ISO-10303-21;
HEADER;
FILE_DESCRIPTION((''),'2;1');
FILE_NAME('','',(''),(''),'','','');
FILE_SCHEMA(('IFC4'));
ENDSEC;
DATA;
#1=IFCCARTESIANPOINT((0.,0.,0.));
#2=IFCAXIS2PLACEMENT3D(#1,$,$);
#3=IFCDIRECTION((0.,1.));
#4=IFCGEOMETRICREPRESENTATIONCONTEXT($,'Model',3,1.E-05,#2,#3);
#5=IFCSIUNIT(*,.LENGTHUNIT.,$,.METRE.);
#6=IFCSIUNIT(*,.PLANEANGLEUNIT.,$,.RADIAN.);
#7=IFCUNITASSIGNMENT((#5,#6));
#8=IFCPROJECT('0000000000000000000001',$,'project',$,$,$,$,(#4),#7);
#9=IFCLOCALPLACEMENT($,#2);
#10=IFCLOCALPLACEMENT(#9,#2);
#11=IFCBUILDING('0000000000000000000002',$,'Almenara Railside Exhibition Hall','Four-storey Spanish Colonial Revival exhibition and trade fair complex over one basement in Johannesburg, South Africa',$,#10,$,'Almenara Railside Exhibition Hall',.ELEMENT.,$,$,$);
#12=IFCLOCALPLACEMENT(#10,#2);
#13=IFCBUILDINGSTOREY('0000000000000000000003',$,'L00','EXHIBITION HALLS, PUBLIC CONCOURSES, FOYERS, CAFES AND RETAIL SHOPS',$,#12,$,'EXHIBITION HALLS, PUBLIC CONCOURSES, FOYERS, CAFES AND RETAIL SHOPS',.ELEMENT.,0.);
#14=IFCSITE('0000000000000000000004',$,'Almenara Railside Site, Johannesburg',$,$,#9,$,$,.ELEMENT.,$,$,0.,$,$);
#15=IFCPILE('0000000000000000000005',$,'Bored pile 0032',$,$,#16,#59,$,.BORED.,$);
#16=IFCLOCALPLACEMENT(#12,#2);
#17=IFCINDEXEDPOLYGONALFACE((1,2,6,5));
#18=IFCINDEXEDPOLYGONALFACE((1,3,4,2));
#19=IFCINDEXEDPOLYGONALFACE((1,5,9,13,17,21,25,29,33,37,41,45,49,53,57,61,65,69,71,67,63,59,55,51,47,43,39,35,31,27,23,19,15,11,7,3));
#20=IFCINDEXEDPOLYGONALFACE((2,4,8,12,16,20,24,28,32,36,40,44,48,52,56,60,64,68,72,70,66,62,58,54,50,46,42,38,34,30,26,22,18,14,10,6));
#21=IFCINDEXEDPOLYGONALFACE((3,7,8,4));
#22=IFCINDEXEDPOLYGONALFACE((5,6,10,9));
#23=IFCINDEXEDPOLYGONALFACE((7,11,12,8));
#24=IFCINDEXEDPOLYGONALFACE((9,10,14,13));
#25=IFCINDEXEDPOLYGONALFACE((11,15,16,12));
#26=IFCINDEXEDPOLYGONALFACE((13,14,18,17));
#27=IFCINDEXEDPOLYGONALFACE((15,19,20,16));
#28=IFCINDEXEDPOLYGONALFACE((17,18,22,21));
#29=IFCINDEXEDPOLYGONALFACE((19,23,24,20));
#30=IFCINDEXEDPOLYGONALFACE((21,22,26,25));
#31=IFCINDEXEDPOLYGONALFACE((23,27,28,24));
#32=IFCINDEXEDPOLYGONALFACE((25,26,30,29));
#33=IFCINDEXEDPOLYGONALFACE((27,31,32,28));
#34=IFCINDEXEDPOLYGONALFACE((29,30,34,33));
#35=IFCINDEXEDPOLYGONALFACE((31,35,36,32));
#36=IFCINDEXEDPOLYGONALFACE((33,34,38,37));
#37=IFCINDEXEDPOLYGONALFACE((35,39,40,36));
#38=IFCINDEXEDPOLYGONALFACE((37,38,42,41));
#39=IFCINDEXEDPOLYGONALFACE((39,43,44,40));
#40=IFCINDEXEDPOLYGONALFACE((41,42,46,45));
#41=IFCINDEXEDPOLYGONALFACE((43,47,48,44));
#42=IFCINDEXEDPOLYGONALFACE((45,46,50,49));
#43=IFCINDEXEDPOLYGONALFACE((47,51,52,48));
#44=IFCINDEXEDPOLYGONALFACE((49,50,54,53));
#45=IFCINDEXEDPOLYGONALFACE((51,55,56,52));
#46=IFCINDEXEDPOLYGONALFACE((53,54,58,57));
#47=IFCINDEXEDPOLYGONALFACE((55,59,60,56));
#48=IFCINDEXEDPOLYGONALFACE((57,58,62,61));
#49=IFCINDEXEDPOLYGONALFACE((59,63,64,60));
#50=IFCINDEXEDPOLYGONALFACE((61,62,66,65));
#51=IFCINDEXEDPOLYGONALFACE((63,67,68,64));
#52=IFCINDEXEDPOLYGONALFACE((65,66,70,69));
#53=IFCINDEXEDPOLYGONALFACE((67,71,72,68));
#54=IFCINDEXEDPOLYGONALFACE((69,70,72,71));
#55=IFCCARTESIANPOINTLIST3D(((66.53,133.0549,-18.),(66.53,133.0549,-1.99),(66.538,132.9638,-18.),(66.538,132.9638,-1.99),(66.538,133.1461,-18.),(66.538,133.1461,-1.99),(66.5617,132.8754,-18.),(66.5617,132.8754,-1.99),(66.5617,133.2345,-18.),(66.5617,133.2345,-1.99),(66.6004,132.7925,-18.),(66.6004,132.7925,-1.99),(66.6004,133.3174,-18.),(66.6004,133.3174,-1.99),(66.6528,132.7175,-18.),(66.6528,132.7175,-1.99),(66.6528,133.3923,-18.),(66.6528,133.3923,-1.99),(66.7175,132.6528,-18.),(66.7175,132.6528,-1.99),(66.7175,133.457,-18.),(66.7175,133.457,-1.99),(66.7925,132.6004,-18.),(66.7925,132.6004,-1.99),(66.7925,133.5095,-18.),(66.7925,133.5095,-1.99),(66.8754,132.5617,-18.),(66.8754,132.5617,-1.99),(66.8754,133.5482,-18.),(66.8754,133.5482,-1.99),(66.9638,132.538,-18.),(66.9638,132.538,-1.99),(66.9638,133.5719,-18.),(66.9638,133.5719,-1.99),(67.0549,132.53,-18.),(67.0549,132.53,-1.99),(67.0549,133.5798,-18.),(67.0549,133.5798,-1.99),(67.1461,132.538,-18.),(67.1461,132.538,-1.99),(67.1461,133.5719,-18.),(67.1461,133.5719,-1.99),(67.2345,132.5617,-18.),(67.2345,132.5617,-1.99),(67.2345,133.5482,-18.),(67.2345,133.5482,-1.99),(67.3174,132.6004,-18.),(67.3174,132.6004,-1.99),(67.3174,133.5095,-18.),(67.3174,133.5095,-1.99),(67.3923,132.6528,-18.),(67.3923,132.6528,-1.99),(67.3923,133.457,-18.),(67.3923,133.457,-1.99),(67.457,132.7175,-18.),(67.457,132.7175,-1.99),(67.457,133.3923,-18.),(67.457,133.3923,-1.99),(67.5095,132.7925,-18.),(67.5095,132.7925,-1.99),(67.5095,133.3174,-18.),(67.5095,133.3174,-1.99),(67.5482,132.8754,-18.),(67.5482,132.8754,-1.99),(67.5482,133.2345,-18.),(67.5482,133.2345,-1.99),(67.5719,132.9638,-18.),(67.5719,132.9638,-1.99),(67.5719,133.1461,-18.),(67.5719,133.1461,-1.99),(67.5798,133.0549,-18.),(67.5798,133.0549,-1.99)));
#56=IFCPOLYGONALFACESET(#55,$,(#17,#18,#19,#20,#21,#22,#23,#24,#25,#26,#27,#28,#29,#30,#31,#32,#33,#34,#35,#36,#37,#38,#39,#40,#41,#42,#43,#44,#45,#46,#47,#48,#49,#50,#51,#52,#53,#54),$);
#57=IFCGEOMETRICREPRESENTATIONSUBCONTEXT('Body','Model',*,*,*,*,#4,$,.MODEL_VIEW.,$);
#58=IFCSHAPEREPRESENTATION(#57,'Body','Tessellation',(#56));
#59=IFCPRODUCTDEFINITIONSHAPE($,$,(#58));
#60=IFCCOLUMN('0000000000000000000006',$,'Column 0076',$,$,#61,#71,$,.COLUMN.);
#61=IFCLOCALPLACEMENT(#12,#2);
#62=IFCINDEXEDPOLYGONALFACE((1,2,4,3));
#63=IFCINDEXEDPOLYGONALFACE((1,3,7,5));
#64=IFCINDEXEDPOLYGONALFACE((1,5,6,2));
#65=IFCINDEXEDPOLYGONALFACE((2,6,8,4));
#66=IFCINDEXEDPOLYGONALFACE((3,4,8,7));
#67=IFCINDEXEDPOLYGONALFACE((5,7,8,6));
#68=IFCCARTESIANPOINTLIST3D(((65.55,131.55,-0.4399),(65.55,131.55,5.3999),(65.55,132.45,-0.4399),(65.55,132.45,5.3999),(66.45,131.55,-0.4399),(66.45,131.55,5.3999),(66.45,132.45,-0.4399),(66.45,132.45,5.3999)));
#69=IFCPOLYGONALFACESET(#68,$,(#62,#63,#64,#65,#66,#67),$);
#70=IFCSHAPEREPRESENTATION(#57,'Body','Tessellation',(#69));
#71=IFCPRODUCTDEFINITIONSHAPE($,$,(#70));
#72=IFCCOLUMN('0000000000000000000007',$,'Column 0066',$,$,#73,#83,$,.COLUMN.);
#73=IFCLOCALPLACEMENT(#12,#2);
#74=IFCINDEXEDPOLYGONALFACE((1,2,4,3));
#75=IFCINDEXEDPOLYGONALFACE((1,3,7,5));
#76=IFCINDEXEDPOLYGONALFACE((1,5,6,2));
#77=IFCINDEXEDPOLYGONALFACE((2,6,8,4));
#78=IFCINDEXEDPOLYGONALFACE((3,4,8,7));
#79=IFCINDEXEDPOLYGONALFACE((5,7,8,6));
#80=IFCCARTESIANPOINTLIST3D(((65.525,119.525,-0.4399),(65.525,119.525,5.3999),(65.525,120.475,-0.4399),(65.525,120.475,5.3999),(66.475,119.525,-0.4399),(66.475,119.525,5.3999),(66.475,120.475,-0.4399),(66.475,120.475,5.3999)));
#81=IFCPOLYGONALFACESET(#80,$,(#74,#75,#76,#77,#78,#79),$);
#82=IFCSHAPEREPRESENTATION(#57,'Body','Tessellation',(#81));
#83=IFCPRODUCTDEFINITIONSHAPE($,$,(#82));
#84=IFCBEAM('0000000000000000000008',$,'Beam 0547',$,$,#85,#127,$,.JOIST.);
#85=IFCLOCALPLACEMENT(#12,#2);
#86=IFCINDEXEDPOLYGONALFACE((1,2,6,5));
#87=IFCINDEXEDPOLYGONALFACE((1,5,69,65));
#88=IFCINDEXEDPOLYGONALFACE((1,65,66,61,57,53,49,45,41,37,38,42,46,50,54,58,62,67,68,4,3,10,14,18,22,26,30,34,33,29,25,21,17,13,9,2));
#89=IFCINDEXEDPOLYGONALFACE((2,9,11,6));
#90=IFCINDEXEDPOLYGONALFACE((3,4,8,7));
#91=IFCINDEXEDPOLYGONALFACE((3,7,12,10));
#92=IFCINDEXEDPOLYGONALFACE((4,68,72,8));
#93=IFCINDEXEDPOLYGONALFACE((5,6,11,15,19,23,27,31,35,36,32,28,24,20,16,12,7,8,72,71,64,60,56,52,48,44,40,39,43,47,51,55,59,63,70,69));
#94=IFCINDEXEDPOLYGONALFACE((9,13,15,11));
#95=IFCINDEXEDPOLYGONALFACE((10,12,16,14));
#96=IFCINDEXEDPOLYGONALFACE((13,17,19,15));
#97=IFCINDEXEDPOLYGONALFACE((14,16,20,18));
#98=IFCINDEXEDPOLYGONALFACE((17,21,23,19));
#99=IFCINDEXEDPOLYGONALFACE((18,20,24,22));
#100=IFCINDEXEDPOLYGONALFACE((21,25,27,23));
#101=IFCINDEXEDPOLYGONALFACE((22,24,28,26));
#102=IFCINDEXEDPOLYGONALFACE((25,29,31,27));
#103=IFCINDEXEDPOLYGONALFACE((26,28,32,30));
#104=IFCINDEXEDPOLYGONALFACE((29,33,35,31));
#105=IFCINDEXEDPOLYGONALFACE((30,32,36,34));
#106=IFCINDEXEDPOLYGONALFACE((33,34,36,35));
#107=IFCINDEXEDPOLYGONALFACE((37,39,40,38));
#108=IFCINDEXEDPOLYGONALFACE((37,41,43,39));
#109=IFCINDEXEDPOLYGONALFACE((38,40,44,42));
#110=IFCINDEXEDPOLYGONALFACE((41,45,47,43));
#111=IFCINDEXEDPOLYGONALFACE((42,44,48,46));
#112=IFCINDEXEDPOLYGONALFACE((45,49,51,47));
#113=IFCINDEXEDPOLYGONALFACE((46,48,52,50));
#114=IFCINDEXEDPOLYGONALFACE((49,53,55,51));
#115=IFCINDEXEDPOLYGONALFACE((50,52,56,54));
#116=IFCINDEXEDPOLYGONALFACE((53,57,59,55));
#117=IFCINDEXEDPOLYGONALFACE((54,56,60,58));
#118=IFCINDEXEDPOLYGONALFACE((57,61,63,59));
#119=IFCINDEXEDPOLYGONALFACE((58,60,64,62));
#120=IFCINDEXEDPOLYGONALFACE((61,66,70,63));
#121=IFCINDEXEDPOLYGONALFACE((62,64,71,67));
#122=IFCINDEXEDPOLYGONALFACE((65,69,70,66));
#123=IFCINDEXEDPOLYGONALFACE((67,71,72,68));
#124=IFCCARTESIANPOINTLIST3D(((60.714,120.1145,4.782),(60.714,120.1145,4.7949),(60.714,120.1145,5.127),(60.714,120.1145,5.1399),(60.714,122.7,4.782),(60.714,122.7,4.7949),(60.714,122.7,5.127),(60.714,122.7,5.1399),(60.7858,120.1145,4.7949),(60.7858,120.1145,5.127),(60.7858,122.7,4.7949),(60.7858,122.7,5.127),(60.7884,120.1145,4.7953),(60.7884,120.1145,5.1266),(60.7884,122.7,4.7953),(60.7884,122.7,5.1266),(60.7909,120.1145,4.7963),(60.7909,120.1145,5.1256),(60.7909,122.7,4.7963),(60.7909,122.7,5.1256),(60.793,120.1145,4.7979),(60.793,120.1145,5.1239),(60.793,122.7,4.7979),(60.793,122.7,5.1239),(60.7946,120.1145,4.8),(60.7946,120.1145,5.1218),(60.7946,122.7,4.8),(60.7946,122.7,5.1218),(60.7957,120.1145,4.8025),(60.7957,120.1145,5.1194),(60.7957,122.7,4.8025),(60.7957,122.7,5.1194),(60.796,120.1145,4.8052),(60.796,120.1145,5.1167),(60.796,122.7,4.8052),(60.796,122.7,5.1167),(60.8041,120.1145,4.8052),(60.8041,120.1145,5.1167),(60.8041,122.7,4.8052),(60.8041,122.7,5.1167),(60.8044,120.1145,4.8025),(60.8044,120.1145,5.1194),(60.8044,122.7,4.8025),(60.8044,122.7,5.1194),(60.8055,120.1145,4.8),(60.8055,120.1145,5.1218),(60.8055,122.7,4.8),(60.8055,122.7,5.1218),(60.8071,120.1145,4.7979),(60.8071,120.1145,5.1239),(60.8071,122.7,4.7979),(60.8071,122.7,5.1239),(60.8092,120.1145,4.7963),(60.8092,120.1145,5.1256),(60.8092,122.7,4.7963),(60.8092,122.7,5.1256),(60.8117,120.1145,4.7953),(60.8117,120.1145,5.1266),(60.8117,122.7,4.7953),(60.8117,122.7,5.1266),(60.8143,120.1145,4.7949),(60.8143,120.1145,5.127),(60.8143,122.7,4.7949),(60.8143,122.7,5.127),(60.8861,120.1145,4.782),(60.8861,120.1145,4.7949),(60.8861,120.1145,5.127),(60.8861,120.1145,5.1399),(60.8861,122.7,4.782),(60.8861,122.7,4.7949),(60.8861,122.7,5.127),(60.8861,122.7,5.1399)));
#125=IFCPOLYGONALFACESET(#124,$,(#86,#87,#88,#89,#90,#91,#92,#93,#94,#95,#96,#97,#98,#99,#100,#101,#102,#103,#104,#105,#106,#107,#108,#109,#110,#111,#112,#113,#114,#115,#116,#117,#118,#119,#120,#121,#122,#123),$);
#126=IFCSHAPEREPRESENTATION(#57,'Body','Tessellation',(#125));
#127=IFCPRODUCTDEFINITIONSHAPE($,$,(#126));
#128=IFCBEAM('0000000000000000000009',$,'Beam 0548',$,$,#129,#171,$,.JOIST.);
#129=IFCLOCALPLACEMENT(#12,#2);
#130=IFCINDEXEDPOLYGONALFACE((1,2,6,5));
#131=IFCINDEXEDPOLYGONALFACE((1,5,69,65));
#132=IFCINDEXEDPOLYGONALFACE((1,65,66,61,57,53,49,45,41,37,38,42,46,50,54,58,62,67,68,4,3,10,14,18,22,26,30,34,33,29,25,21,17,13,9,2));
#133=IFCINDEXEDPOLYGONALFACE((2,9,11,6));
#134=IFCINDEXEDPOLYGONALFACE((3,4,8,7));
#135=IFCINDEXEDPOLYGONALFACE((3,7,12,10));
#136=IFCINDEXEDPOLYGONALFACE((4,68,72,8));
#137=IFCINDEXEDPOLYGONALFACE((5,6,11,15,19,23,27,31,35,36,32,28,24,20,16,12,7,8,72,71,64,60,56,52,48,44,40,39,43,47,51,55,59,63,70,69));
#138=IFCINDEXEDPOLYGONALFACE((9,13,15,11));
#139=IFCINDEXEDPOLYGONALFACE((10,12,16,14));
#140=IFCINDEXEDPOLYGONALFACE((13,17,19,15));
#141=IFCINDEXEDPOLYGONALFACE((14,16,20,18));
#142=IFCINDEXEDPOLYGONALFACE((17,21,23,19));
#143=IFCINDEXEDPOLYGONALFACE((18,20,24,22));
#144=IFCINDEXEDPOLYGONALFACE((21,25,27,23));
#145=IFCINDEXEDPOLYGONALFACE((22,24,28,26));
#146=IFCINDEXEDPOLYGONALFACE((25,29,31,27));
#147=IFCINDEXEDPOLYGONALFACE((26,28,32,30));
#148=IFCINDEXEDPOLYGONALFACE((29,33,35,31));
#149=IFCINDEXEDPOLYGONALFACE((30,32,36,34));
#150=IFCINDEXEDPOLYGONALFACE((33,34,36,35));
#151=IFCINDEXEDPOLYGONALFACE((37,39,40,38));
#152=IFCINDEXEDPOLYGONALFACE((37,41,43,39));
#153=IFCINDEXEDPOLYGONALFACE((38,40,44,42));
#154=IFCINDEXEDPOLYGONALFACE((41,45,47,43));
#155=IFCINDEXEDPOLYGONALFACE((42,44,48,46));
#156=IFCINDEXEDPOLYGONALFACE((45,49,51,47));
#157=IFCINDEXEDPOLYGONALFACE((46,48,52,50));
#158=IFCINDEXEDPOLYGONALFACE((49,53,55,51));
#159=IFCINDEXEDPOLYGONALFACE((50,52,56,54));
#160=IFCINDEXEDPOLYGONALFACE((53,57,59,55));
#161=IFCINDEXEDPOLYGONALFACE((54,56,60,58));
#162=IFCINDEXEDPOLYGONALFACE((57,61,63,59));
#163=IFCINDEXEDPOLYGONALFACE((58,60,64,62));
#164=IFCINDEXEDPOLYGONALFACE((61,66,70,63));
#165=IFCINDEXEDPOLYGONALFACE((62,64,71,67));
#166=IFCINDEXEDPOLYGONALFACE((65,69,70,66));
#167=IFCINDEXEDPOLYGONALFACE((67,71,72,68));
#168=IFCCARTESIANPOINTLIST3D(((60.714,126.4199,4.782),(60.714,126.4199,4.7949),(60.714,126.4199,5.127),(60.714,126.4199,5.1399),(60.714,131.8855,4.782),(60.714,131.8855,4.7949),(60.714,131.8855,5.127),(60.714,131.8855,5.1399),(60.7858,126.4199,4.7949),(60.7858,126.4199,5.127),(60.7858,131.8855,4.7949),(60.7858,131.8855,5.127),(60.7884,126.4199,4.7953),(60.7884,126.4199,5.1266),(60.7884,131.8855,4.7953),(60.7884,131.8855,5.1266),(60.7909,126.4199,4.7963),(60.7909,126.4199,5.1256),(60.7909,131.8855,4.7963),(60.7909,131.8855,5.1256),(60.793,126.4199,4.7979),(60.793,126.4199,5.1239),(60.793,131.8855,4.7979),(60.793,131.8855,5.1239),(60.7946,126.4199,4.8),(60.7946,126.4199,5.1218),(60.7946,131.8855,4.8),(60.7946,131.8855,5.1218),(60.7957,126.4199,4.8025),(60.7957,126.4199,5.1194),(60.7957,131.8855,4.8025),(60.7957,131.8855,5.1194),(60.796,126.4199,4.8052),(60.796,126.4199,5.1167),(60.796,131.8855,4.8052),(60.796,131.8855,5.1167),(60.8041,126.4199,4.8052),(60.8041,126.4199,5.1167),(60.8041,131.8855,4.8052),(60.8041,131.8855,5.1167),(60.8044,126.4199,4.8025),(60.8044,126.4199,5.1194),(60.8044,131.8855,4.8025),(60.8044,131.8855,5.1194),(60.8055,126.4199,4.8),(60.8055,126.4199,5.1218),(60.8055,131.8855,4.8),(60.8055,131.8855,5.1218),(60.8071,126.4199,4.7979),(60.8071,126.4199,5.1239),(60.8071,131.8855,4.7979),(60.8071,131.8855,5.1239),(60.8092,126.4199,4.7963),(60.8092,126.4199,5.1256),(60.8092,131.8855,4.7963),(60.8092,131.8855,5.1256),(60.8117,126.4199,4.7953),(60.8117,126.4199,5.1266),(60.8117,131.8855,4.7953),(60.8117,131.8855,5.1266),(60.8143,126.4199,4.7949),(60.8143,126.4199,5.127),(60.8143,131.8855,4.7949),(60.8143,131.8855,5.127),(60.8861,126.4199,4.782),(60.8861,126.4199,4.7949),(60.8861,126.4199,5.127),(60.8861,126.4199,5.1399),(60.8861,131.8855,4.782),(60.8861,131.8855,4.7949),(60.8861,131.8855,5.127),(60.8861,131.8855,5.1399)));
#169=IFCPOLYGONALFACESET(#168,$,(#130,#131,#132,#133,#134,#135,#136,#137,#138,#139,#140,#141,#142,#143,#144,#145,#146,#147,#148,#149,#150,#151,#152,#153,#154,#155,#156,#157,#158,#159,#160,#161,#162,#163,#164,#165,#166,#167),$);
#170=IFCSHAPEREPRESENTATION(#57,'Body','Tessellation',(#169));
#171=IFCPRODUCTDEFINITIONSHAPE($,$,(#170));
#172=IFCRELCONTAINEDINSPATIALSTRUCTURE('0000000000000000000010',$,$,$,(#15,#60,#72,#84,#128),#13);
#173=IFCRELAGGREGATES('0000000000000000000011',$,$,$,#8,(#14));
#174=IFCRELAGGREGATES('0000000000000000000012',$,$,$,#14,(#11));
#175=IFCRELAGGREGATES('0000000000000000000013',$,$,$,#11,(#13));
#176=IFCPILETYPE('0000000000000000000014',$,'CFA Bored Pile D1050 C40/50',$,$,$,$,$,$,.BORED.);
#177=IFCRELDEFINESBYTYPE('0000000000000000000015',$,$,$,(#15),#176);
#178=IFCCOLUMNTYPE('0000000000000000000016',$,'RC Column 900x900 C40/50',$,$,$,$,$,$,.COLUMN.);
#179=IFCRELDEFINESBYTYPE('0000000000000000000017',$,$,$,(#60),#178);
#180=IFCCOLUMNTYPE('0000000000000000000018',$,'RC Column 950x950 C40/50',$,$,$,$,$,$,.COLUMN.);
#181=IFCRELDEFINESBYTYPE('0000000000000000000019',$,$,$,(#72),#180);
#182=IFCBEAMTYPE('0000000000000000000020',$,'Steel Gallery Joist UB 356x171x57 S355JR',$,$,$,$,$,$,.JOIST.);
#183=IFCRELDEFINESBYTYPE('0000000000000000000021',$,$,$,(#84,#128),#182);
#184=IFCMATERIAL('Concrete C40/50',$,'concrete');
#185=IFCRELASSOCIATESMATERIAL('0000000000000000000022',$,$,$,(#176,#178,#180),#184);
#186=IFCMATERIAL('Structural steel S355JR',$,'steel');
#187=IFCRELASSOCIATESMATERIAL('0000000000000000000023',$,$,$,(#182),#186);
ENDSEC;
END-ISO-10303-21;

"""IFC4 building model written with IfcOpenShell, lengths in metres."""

from ifc_helpers import new_model, si_unit, direction, frame, origin, origin_2d, place, context, subcontext, project, spatial, rectangle, circle, i_section, extrude, material, material_profile, profile_set, type_object, element, save


model = new_model("IFC4")

# Units and contexts
model_context = context("Model", 3, precision=1e-05, world=origin(), true_north=direction((0.0, 1.0)))
body_context = subcontext(model_context, "Body", "Model", "MODEL_VIEW")
ifc_project = project(units=[si_unit("LENGTHUNIT", "METRE"), si_unit("PLANEANGLEUNIT", "RADIAN")], contexts=[model_context])

# Site, building, storey
site_placement = place(None, origin())
site = spatial("IfcSite", under=ifc_project, at=site_placement, Name="Almenara Railside Site, Johannesburg", CompositionType="ELEMENT", RefElevation=0.0)
building_placement = place(site_placement, origin())
building = spatial("IfcBuilding", under=site, at=building_placement, Name="Almenara Railside Exhibition Hall", Description="Four-storey Spanish Colonial Revival exhibition and trade fair complex over one basement in Johannesburg, South Africa", LongName="Almenara Railside Exhibition Hall", CompositionType="ELEMENT")
storey_placement = place(building_placement, origin())
storey = spatial("IfcBuildingStorey", under=building, at=storey_placement, Name="L00", Description="EXHIBITION HALLS, PUBLIC CONCOURSES, FOYERS, CAFES AND RETAIL SHOPS", LongName="EXHIBITION HALLS, PUBLIC CONCOURSES, FOYERS, CAFES AND RETAIL SHOPS", CompositionType="ELEMENT", Elevation=0.0)

# Pile
ifc_material_1 = material(Name="Concrete C40/50", Category="concrete")
ifc_material_profile_1 = material_profile(ifc_material_1, circle(Radius=0.5249, at=origin_2d()), Name="CFA-PILE D1050")
ifc_profile_set_1 = profile_set([ifc_material_profile_1], Name="Concrete C40/50")
pile_type = type_object("IfcPileType", Name="CFA Bored Pile D1050 C40/50", PredefinedType="BORED", material=ifc_profile_set_1)
for number, where, z_axis, x_axis, name in (
    (1, (67.0549, 133.0549, -1.99), (0.0, 0.0, -1.0), (1.0, 0.0, 0.0), "Bored pile 0032"),
):
    element("IfcPile", number, at=place(storey_placement, frame(where, z_axis=z_axis, x_axis=x_axis)), inside=storey, type_object=pile_type, Name=name, PredefinedType="BORED", context=body_context, shape_type="SweptSolid", body=[
        extrude(circle(Radius=0.5249, at=origin_2d()), origin(), (0.0, 0.0, 1.0), 16.01),
    ])

# Columns
ifc_material_profile_2 = material_profile(ifc_material_1, rectangle(XDim=0.8999, YDim=0.8999, at=origin_2d()), Name="RC 900x900")
ifc_profile_set_2 = profile_set([ifc_material_profile_2], Name="Concrete C40/50")
column_type_1 = type_object("IfcColumnType", Name="RC Column 900x900 C40/50", PredefinedType="COLUMN", material=ifc_profile_set_2)
column_1_placement = place(storey_placement, frame((66.0, 132.0, -0.4399), z_axis=(0.0, 0.0, 1.0), x_axis=(1.0, 0.0, 0.0)))
element("IfcColumn", 2, at=column_1_placement, inside=storey, type_object=column_type_1, Name="Column 0076", PredefinedType="COLUMN", context=body_context, shape_type="SweptSolid", body=[
    extrude(rectangle(XDim=0.8999, YDim=0.8999, at=origin_2d()), origin(), (0.0, 0.0, 1.0), 5.8398),
])
ifc_material_profile_3 = material_profile(ifc_material_1, rectangle(XDim=0.95, YDim=0.95, at=origin_2d()), Name="RC 950x950")
ifc_profile_set_3 = profile_set([ifc_material_profile_3], Name="Concrete C40/50")
column_type_2 = type_object("IfcColumnType", Name="RC Column 950x950 C40/50", PredefinedType="COLUMN", material=ifc_profile_set_3)
column_2_placement = place(storey_placement, frame((66.0, 120.0, -0.4399), z_axis=(0.0, 0.0, 1.0), x_axis=(1.0, 0.0, 0.0)))
element("IfcColumn", 3, at=column_2_placement, inside=storey, type_object=column_type_2, Name="Column 0066", PredefinedType="COLUMN", context=body_context, shape_type="SweptSolid", body=[
    extrude(rectangle(XDim=0.95, YDim=0.95, at=origin_2d()), origin(), (0.0, 0.0, 1.0), 5.8398),
])

# Beams
ifc_material_2 = material(Name="Structural steel S355JR", Category="steel")
ifc_material_profile_4 = material_profile(ifc_material_2, i_section(OverallWidth=0.1721, OverallDepth=0.3579, WebThickness=0.0081, FlangeThickness=0.0129, FilletRadius=0.0103, at=origin_2d()), Name="UB 356x171x57")
ifc_profile_set_4 = profile_set([ifc_material_profile_4], Name="Structural steel S355JR")
beam_type_1 = type_object("IfcBeamType", Name="Steel Gallery Joist UB 356x171x57 S355JR", PredefinedType="JOIST", material=ifc_profile_set_4)
beam_1_placement = place(storey_placement, frame((60.8, 120.1145, 4.9609), z_axis=(0.0, 1.0, 0.0), x_axis=(-1.0, 0.0, 0.0)))
element("IfcBeam", 4, at=beam_1_placement, inside=storey, type_object=beam_type_1, Name="Beam 0547", PredefinedType="JOIST", context=body_context, shape_type="SweptSolid", body=[
    extrude(i_section(OverallWidth=0.1721, OverallDepth=0.3579, WebThickness=0.0081, FlangeThickness=0.0129, FilletRadius=0.0103, at=origin_2d()), origin(), (0.0, 0.0, 1.0), 2.5854),
])
beam_2_placement = place(storey_placement, frame((60.8, 126.4199, 4.9609), z_axis=(0.0, 1.0, 0.0), x_axis=(-1.0, 0.0, 0.0)))
element("IfcBeam", 5, at=beam_2_placement, inside=storey, type_object=beam_type_1, Name="Beam 0548", PredefinedType="JOIST", context=body_context, shape_type="SweptSolid", body=[
    extrude(i_section(OverallWidth=0.1721, OverallDepth=0.3579, WebThickness=0.0081, FlangeThickness=0.0129, FilletRadius=0.0103, at=origin_2d()), origin(), (0.0, 0.0, 1.0), 5.4656),
])

save(model, "model.ifc")
